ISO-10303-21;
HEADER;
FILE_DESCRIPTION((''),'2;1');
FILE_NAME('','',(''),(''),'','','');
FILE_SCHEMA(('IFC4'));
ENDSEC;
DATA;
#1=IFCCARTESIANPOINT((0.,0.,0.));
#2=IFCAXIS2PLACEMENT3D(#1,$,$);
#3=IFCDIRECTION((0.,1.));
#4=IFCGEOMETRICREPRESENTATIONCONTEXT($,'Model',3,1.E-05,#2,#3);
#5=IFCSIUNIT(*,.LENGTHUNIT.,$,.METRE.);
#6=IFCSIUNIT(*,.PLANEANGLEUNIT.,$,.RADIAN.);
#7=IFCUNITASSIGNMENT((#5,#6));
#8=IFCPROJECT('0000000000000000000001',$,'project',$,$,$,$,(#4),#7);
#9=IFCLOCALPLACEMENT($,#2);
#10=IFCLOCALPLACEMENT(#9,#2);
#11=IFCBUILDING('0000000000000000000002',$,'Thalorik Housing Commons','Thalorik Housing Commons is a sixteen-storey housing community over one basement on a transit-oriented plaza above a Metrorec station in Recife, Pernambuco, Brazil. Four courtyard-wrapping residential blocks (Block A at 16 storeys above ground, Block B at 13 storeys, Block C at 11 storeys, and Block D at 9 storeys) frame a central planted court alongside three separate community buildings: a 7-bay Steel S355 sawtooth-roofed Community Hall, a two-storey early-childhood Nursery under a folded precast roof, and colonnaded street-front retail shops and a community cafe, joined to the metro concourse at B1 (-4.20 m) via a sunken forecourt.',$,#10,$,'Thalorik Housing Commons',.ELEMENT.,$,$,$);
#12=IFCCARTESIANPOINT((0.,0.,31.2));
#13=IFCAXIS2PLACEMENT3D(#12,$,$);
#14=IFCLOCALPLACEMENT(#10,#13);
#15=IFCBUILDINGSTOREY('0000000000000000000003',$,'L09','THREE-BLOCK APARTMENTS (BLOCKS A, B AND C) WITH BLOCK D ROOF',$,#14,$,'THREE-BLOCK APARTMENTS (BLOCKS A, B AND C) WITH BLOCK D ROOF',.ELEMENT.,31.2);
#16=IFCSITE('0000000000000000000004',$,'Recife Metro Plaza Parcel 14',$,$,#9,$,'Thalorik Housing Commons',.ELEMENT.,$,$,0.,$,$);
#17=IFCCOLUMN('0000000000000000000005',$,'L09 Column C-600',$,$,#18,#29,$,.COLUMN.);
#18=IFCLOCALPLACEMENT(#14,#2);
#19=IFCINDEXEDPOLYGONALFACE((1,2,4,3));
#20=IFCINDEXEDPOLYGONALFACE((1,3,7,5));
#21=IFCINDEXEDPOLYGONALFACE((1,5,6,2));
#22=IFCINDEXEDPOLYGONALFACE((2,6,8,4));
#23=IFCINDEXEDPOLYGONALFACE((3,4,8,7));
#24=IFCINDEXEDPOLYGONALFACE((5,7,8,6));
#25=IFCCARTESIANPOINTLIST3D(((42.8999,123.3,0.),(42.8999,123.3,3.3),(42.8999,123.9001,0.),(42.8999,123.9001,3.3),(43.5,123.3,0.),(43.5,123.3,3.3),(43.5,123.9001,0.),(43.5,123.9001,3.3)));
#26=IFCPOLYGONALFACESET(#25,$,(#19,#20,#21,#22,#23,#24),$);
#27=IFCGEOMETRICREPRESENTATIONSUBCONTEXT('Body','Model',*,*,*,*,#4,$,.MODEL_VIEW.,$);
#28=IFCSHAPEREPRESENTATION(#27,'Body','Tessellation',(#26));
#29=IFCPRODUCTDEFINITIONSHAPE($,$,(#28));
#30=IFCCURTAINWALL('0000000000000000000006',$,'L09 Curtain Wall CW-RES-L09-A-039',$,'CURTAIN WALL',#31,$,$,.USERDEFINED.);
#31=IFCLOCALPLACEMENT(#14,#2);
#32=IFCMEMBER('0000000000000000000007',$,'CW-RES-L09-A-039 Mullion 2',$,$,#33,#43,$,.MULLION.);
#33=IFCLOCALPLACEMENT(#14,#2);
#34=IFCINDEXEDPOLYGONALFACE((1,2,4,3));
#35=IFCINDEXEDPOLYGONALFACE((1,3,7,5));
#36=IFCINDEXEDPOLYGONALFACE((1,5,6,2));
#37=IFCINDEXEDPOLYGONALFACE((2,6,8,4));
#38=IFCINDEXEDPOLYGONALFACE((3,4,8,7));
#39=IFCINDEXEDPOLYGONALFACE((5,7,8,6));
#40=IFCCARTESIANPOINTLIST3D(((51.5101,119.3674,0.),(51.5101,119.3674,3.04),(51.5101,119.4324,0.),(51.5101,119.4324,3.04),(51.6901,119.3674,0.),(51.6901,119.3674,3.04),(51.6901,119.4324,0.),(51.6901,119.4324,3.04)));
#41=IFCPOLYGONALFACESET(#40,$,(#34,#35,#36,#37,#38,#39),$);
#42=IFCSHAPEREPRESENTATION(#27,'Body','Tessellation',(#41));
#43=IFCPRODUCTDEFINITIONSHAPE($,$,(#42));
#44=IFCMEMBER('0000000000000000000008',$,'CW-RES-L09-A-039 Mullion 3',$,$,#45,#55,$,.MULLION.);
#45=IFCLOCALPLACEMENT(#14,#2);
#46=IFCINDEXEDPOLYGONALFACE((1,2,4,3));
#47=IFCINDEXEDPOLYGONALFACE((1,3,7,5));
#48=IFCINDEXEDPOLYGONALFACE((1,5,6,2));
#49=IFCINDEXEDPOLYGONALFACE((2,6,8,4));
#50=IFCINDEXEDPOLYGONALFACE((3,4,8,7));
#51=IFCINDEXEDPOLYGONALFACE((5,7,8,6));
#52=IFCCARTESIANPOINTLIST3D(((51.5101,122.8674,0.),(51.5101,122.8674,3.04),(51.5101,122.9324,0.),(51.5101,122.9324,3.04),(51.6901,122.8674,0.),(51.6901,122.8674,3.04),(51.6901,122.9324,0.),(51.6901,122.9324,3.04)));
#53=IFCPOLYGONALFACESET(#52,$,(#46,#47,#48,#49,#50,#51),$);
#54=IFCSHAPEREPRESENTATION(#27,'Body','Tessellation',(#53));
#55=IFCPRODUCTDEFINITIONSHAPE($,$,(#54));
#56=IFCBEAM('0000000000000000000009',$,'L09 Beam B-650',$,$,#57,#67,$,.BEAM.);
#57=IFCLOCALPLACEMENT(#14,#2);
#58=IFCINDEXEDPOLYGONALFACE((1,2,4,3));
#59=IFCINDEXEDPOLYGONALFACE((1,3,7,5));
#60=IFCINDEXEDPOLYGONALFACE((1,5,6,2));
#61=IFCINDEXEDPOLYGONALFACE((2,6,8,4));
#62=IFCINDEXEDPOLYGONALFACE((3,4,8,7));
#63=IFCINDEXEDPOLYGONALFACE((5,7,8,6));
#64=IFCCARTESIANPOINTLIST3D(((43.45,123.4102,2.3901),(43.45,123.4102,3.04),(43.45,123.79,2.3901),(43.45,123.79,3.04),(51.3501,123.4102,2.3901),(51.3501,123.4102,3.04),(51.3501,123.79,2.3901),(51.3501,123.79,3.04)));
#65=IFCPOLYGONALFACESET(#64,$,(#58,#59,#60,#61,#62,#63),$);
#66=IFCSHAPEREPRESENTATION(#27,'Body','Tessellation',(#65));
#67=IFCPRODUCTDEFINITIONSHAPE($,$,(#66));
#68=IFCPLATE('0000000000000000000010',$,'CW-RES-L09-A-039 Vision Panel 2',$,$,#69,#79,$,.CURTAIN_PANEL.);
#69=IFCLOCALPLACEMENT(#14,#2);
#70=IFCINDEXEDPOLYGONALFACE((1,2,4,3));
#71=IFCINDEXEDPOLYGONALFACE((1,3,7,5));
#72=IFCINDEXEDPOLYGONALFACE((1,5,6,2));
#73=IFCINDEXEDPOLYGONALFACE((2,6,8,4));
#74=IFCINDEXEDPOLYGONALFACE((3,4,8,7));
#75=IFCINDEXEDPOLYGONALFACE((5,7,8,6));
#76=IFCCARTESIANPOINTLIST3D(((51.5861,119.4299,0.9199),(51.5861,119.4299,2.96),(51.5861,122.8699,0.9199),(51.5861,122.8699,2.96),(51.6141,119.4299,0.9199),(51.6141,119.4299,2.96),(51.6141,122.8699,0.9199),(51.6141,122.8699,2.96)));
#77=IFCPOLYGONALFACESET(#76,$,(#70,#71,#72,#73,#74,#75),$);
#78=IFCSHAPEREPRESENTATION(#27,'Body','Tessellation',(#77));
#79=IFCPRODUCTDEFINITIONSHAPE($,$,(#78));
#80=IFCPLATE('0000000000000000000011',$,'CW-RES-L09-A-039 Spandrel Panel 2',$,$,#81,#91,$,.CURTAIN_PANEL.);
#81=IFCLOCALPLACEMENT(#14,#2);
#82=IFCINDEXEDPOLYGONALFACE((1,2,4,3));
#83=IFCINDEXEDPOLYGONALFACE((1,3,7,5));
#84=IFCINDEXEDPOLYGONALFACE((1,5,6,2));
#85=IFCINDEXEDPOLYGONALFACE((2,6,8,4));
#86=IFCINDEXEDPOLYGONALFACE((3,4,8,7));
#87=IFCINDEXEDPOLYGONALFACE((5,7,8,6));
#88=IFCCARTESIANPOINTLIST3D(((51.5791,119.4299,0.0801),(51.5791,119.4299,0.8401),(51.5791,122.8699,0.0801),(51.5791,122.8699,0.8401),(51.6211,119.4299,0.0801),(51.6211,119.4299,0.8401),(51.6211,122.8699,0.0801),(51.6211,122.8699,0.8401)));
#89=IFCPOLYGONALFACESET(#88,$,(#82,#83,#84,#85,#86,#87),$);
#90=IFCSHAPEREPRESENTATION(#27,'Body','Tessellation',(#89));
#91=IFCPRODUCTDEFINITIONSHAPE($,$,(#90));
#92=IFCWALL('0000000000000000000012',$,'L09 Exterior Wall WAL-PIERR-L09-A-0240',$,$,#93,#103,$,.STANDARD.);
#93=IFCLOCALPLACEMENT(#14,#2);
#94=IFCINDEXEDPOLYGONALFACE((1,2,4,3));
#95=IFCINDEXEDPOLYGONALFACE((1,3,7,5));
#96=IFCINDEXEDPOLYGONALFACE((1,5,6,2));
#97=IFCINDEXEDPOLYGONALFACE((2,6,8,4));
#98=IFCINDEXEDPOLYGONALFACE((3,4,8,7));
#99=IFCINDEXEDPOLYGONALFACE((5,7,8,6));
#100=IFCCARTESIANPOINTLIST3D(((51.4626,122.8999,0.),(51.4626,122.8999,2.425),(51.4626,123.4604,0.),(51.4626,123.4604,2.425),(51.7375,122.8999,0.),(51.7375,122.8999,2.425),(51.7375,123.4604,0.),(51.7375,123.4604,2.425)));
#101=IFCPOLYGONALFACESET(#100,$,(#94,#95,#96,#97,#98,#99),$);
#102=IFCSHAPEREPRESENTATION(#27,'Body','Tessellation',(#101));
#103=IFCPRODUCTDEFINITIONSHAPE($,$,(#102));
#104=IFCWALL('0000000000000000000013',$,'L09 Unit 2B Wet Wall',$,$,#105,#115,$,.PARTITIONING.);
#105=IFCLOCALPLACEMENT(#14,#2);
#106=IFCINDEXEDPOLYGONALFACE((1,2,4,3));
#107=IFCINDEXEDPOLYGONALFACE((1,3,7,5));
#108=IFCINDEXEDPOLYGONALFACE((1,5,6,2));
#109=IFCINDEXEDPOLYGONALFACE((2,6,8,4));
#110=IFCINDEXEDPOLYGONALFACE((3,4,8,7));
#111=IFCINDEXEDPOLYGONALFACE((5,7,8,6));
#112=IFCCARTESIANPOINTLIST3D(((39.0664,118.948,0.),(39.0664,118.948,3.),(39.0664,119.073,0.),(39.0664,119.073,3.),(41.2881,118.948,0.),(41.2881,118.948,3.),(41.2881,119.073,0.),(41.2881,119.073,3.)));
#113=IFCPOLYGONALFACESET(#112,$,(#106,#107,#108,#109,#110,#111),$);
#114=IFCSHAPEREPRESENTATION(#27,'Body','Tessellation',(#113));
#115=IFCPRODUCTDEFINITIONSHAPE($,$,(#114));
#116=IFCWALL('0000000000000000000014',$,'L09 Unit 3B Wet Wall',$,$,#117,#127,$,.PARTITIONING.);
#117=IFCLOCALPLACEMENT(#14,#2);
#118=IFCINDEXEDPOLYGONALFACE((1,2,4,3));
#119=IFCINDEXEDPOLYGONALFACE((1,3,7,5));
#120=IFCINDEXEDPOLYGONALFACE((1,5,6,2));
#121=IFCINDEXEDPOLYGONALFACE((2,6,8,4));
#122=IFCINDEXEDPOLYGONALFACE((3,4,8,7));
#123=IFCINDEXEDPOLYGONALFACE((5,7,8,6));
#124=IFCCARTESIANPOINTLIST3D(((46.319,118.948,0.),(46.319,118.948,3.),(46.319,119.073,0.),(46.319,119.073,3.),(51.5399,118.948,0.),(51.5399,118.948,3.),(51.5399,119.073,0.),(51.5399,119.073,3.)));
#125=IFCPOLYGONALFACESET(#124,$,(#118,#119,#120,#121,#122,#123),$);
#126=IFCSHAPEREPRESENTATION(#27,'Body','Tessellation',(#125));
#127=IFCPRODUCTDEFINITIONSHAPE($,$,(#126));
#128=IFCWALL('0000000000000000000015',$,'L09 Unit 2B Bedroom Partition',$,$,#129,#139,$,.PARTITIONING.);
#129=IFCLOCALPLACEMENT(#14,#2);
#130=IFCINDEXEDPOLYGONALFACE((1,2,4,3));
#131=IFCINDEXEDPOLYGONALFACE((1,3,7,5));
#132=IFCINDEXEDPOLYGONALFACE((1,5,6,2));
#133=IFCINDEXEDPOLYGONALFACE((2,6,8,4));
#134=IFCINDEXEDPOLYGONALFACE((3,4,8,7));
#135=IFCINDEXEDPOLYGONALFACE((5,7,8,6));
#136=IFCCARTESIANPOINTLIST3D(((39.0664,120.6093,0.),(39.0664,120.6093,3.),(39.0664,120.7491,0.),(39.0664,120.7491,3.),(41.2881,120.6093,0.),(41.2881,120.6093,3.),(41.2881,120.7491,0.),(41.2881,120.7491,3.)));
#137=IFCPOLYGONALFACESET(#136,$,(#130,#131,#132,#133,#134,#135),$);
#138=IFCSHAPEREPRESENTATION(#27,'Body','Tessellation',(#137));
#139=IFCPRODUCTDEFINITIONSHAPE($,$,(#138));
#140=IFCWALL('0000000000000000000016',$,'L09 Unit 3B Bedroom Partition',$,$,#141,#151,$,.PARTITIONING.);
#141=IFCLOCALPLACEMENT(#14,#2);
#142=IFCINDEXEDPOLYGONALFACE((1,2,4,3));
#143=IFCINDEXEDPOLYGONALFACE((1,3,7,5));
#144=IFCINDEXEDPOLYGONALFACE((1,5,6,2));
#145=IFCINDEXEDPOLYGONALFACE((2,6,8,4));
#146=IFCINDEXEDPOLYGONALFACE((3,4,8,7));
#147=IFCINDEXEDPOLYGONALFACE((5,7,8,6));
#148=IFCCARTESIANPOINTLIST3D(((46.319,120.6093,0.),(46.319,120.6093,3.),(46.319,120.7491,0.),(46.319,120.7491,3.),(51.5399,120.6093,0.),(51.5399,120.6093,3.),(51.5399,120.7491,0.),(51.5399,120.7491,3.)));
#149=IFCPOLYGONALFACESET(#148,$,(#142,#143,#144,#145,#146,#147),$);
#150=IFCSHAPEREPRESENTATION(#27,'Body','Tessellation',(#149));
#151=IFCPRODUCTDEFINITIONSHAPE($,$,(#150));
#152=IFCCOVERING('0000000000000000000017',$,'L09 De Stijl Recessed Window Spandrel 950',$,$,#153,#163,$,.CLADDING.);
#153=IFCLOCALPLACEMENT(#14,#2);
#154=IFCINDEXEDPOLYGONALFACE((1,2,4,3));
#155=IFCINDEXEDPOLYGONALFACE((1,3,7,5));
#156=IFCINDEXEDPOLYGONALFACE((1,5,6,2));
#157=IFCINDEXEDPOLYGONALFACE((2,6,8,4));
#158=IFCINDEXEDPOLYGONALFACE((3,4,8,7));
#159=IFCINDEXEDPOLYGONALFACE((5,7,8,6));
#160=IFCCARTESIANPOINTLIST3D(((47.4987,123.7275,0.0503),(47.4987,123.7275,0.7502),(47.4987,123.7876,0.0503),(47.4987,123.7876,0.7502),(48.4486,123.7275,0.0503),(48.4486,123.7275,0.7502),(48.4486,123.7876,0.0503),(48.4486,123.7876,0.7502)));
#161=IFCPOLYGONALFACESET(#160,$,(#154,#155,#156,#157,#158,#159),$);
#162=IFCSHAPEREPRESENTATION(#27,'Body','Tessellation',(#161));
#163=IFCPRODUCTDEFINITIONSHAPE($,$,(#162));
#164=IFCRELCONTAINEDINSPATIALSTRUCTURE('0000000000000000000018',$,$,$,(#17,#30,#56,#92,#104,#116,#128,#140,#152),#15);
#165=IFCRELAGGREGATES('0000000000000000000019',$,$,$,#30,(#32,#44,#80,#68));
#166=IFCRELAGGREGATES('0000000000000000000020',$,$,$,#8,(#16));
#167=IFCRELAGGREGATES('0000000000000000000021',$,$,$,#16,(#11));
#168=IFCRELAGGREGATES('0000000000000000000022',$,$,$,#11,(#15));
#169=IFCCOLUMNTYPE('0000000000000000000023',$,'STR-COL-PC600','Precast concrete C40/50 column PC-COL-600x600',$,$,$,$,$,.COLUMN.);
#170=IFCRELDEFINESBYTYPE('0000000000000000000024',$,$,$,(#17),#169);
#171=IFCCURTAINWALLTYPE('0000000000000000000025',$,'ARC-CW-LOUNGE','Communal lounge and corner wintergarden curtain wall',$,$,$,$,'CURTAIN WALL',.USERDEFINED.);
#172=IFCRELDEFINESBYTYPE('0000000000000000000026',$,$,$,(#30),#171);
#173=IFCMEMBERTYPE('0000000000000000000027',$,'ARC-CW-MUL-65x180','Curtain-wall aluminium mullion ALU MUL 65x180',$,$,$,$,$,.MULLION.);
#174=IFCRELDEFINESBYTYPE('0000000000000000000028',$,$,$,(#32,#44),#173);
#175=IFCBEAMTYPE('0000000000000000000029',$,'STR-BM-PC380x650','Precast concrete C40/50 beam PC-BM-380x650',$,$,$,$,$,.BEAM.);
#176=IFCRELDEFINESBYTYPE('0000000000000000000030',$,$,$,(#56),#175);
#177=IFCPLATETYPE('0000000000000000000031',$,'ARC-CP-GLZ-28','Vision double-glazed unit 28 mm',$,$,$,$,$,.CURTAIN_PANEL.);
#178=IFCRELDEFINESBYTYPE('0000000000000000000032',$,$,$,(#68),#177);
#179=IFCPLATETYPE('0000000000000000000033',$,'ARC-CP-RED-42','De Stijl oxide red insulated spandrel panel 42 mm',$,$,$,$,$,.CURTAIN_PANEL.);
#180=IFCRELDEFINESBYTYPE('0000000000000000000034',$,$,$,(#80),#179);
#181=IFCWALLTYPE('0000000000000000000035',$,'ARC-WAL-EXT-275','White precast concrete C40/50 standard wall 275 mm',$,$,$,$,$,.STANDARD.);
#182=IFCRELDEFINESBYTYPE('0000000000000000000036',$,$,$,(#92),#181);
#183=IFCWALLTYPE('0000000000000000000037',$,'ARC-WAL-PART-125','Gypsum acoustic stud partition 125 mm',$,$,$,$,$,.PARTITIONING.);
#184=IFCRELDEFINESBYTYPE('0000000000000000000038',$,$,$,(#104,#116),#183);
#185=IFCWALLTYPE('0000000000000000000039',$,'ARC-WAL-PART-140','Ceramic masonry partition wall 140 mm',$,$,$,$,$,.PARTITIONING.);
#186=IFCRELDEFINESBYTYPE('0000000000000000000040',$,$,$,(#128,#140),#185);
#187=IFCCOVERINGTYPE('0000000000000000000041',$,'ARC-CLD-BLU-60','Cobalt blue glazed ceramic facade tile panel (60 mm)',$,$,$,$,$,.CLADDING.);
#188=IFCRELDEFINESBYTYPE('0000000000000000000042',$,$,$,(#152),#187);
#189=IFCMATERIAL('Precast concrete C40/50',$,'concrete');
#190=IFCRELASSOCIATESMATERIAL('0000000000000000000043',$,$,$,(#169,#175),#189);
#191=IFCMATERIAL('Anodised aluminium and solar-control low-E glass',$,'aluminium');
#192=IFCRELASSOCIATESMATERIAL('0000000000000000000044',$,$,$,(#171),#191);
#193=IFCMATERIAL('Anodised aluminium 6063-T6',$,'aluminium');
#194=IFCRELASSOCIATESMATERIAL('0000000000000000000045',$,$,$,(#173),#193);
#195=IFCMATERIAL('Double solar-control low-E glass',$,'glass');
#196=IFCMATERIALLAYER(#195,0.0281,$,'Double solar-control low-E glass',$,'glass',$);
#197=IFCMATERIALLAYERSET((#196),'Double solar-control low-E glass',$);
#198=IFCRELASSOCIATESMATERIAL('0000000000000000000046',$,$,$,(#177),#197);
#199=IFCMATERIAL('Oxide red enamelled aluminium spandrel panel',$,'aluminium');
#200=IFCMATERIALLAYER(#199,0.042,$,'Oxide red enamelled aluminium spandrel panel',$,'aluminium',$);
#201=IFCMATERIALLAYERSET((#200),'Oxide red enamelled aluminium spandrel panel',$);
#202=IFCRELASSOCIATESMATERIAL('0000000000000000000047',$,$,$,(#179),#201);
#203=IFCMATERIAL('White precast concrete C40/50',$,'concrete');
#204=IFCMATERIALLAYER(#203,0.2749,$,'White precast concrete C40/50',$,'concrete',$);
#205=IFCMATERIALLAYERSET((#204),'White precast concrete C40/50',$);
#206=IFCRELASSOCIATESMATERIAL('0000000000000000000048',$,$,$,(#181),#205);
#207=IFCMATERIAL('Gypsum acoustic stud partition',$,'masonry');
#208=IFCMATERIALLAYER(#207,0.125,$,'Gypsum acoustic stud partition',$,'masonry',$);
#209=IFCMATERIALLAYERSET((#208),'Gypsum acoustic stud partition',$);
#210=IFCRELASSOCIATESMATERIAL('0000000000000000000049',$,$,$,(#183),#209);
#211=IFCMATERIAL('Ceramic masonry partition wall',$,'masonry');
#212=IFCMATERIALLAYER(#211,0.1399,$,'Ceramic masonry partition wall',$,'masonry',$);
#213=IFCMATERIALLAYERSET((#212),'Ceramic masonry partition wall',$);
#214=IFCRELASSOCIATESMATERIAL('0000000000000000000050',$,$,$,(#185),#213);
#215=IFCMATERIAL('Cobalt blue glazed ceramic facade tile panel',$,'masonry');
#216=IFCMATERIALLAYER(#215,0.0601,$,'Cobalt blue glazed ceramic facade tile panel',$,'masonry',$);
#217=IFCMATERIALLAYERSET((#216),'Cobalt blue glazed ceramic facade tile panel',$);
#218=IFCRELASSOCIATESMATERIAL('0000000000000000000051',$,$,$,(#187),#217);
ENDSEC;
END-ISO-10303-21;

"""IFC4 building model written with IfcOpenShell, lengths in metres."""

from ifc_helpers import new_model, si_unit, direction, frame, frame_2d, origin, origin_2d, place, context, subcontext, project, spatial, rectangle, extrude, material, layer, layer_set, material_profile, profile_set, type_object, element, aggregate, save


model = new_model("IFC4")

# Units and contexts
model_context = context("Model", 3, precision=1e-05, world=origin(), true_north=direction((0.0, 1.0)))
body_context = subcontext(model_context, "Body", "Model", "MODEL_VIEW")
ifc_project = project(units=[si_unit("LENGTHUNIT", "METRE"), si_unit("PLANEANGLEUNIT", "RADIAN")], contexts=[model_context])

# Site, building, storey
site_placement = place(None, origin())
site = spatial("IfcSite", under=ifc_project, at=site_placement, Name="Recife Metro Plaza Parcel 14", LongName="Thalorik Housing Commons", CompositionType="ELEMENT", RefElevation=0.0)
building_placement = place(site_placement, origin())
building = spatial("IfcBuilding", under=site, at=building_placement, Name="Thalorik Housing Commons", Description="Thalorik Housing Commons is a sixteen-storey housing community over one basement on a transit-oriented plaza above a Metrorec station in Recife, Pernambuco, Brazil. Four courtyard-wrapping residential blocks (Block A at 16 storeys above ground, Block B at 13 storeys, Block C at 11 storeys, and Block D at 9 storeys) frame a central planted court alongside three separate community buildings: a 7-bay Steel S355 sawtooth-roofed Community Hall, a two-storey early-childhood Nursery under a folded precast roof, and colonnaded street-front retail shops and a community cafe, joined to the metro concourse at B1 (-4.20 m) via a sunken forecourt.", LongName="Thalorik Housing Commons", CompositionType="ELEMENT")
storey_placement = place(building_placement, frame((0.0, 0.0, 31.2)))
storey = spatial("IfcBuildingStorey", under=building, at=storey_placement, Name="L09", Description="THREE-BLOCK APARTMENTS (BLOCKS A, B AND C) WITH BLOCK D ROOF", LongName="THREE-BLOCK APARTMENTS (BLOCKS A, B AND C) WITH BLOCK D ROOF", CompositionType="ELEMENT", Elevation=31.2)

# Column
ifc_material_1 = material(Name="Precast concrete C40/50", Category="concrete")
ifc_material_profile_1 = material_profile(ifc_material_1, rectangle(XDim=0.6001, YDim=0.6001, at=origin_2d()), Name="PC 600x600", Category="concrete")
ifc_profile_set_1 = profile_set([ifc_material_profile_1], Name="Precast concrete C40/50")
column_type = type_object("IfcColumnType", Name="STR-COL-PC600", Description="Precast concrete C40/50 column PC-COL-600x600", PredefinedType="COLUMN", material=ifc_profile_set_1)
column_placement = place(storey_placement, frame((43.2, 123.6001, 0.0), z_axis=(0.0, 0.0, 1.0), x_axis=(1.0, 0.0, 0.0)))
element("IfcColumn", 1, at=column_placement, inside=storey, type_object=column_type, Name="L09 Column C-600", PredefinedType="COLUMN", context=body_context, shape_type="SweptSolid", body=[
    extrude(rectangle(XDim=0.6001, YDim=0.6001, at=origin_2d()), origin(), (0.0, 0.0, 1.0), 3.3),
])

# Curtain wall, members
ifc_material_2 = material(Name="Anodised aluminium and solar-control low-E glass", Category="aluminium")
curtain_wall_type = type_object("IfcCurtainWallType", Name="ARC-CW-LOUNGE", Description="Communal lounge and corner wintergarden curtain wall", ElementType="CURTAIN WALL", PredefinedType="USERDEFINED", material=ifc_material_2)
curtain_wall_placement = place(storey_placement, origin())
curtain_wall = element("IfcCurtainWall", 2, at=curtain_wall_placement, inside=storey, type_object=curtain_wall_type, Name="L09 Curtain Wall CW-RES-L09-A-039", ObjectType="CURTAIN WALL", PredefinedType="USERDEFINED")
ifc_material_3 = material(Name="Anodised aluminium 6063-T6", Category="aluminium")
ifc_material_profile_2 = material_profile(ifc_material_3, rectangle(XDim=0.0649, YDim=0.1799, at=origin_2d()), Name="ALU MUL 65x180", Category="aluminium")
ifc_profile_set_2 = profile_set([ifc_material_profile_2], Name="Anodised aluminium 6063-T6")
member_type = type_object("IfcMemberType", Name="ARC-CW-MUL-65x180", Description="Curtain-wall aluminium mullion ALU MUL 65x180", PredefinedType="MULLION", material=ifc_profile_set_2)
member_1_placement = place(storey_placement, frame((51.6001, 119.3999, 0.0), z_axis=(0.0, 0.0, 1.0), x_axis=(0.0, 1.0, 0.0)))
member_1 = element("IfcMember", 3, at=member_1_placement, type_object=member_type, Name="CW-RES-L09-A-039 Mullion 2", PredefinedType="MULLION", context=body_context, shape_type="SweptSolid", body=[
    extrude(rectangle(XDim=0.0649, YDim=0.1799, at=origin_2d()), origin(), (0.0, 0.0, 1.0), 3.04),
])
member_2_placement = place(storey_placement, frame((51.6001, 122.8999, 0.0), z_axis=(0.0, 0.0, 1.0), x_axis=(0.0, 1.0, 0.0)))
member_2 = element("IfcMember", 4, at=member_2_placement, type_object=member_type, Name="CW-RES-L09-A-039 Mullion 3", PredefinedType="MULLION", context=body_context, shape_type="SweptSolid", body=[
    extrude(rectangle(XDim=0.0649, YDim=0.1799, at=origin_2d()), origin(), (0.0, 0.0, 1.0), 3.04),
])

# Beam
ifc_material_profile_3 = material_profile(ifc_material_1, rectangle(XDim=0.3799, YDim=0.6499, at=origin_2d()), Name="PC 380x650", Category="concrete")
ifc_profile_set_3 = profile_set([ifc_material_profile_3], Name="Precast concrete C40/50")
beam_type = type_object("IfcBeamType", Name="STR-BM-PC380x650", Description="Precast concrete C40/50 beam PC-BM-380x650", PredefinedType="BEAM", material=ifc_profile_set_3)
beam_placement = place(storey_placement, frame((43.45, 123.6001, 2.7151), z_axis=(1.0, 0.0, 0.0), x_axis=(0.0, 1.0, 0.0)))
element("IfcBeam", 5, at=beam_placement, inside=storey, type_object=beam_type, Name="L09 Beam B-650", PredefinedType="BEAM", context=body_context, shape_type="SweptSolid", body=[
    extrude(rectangle(XDim=0.3799, YDim=0.6499, at=origin_2d()), origin(), (0.0, 0.0, 1.0), 7.9001),
])

# Plates
ifc_material_4 = material(Name="Double solar-control low-E glass", Category="glass")
ifc_layer_1 = layer(ifc_material_4, 0.0281, Name="Double solar-control low-E glass", Category="glass")
ifc_layer_set_1 = layer_set([ifc_layer_1], Name="Double solar-control low-E glass")
plate_type_1 = type_object("IfcPlateType", Name="ARC-CP-GLZ-28", Description="Vision double-glazed unit 28 mm", PredefinedType="CURTAIN_PANEL", material=ifc_layer_set_1)
plate_1_placement = place(storey_placement, frame((51.6001, 121.1499, 0.9199), z_axis=(0.0, 0.0, 1.0), x_axis=(0.0, 1.0, 0.0)))
plate_1 = element("IfcPlate", 6, at=plate_1_placement, type_object=plate_type_1, Name="CW-RES-L09-A-039 Vision Panel 2", PredefinedType="CURTAIN_PANEL", context=body_context, shape_type="SweptSolid", body=[
    extrude(rectangle(XDim=3.4399, YDim=0.0281, at=origin_2d()), origin(), (0.0, 0.0, 1.0), 2.04),
])
ifc_material_5 = material(Name="Oxide red enamelled aluminium spandrel panel", Category="aluminium")
ifc_layer_2 = layer(ifc_material_5, 0.042, Name="Oxide red enamelled aluminium spandrel panel", Category="aluminium")
ifc_layer_set_2 = layer_set([ifc_layer_2], Name="Oxide red enamelled aluminium spandrel panel")
plate_type_2 = type_object("IfcPlateType", Name="ARC-CP-RED-42", Description="De Stijl oxide red insulated spandrel panel 42 mm", PredefinedType="CURTAIN_PANEL", material=ifc_layer_set_2)
plate_2_placement = place(storey_placement, frame((51.6001, 121.1499, 0.0801), z_axis=(0.0, 0.0, 1.0), x_axis=(0.0, 1.0, 0.0)))
plate_2 = element("IfcPlate", 7, at=plate_2_placement, type_object=plate_type_2, Name="CW-RES-L09-A-039 Spandrel Panel 2", PredefinedType="CURTAIN_PANEL", context=body_context, shape_type="SweptSolid", body=[
    extrude(rectangle(XDim=3.4399, YDim=0.042, at=origin_2d()), origin(), (0.0, 0.0, 1.0), 0.76),
])
aggregate(curtain_wall, [member_1, member_2, plate_2, plate_1])

# Wall
ifc_material_6 = material(Name="White precast concrete C40/50", Category="concrete")
ifc_layer_3 = layer(ifc_material_6, 0.2749, Name="White precast concrete C40/50", Category="concrete")
ifc_layer_set_3 = layer_set([ifc_layer_3], Name="White precast concrete C40/50")
wall_type_1 = type_object("IfcWallType", Name="ARC-WAL-EXT-275", Description="White precast concrete C40/50 standard wall 275 mm", PredefinedType="STANDARD", material=ifc_layer_set_3)
wall_1_placement = place(storey_placement, frame((51.6001, 122.8999, 0.0), z_axis=(0.0, 0.0, 1.0), x_axis=(0.0, 1.0, 0.0)))
element("IfcWall", 8, at=wall_1_placement, inside=storey, type_object=wall_type_1, Name="L09 Exterior Wall WAL-PIERR-L09-A-0240", PredefinedType="STANDARD", context=body_context, shape_type="SweptSolid", body=[
    extrude(rectangle(XDim=0.5605, YDim=0.2749, at=frame_2d((0.2803, 0.0))), origin(), (0.0, 0.0, 1.0), 2.425),
])

# Walls
ifc_material_7 = material(Name="Gypsum acoustic stud partition", Category="masonry")
ifc_layer_4 = layer(ifc_material_7, 0.125, Name="Gypsum acoustic stud partition", Category="masonry")
ifc_layer_set_4 = layer_set([ifc_layer_4], Name="Gypsum acoustic stud partition")
wall_type_2 = type_object("IfcWallType", Name="ARC-WAL-PART-125", Description="Gypsum acoustic stud partition 125 mm", PredefinedType="PARTITIONING", material=ifc_layer_set_4)
wall_2_placement = place(storey_placement, frame((39.0664, 119.0105, 0.0), z_axis=(0.0, 0.0, 1.0), x_axis=(1.0, 0.0, 0.0)))
element("IfcWall", 9, at=wall_2_placement, inside=storey, type_object=wall_type_2, Name="L09 Unit 2B Wet Wall", PredefinedType="PARTITIONING", context=body_context, shape_type="SweptSolid", body=[
    extrude(rectangle(XDim=2.2217, YDim=0.125, at=frame_2d((1.1108, 0.0))), origin(), (0.0, 0.0, 1.0), 3.0),
])
wall_3_placement = place(storey_placement, frame((46.3191, 119.0105, 0.0), z_axis=(0.0, 0.0, 1.0), x_axis=(1.0, 0.0, 0.0)))
element("IfcWall", 10, at=wall_3_placement, inside=storey, type_object=wall_type_2, Name="L09 Unit 3B Wet Wall", PredefinedType="PARTITIONING", context=body_context, shape_type="SweptSolid", body=[
    extrude(rectangle(XDim=5.2209, YDim=0.125, at=frame_2d((2.6104, 0.0))), origin(), (0.0, 0.0, 1.0), 3.0),
])
ifc_material_8 = material(Name="Ceramic masonry partition wall", Category="masonry")
ifc_layer_5 = layer(ifc_material_8, 0.1399, Name="Ceramic masonry partition wall", Category="masonry")
ifc_layer_set_5 = layer_set([ifc_layer_5], Name="Ceramic masonry partition wall")
wall_type_3 = type_object("IfcWallType", Name="ARC-WAL-PART-140", Description="Ceramic masonry partition wall 140 mm", PredefinedType="PARTITIONING", material=ifc_layer_set_5)
wall_4_placement = place(storey_placement, frame((39.0664, 120.6792, 0.0), z_axis=(0.0, 0.0, 1.0), x_axis=(1.0, 0.0, 0.0)))
element("IfcWall", 11, at=wall_4_placement, inside=storey, type_object=wall_type_3, Name="L09 Unit 2B Bedroom Partition", PredefinedType="PARTITIONING", context=body_context, shape_type="SweptSolid", body=[
    extrude(rectangle(XDim=2.2217, YDim=0.1399, at=frame_2d((1.1108, 0.0))), origin(), (0.0, 0.0, 1.0), 3.0),
])
wall_5_placement = place(storey_placement, frame((46.3191, 120.6792, 0.0), z_axis=(0.0, 0.0, 1.0), x_axis=(1.0, 0.0, 0.0)))
element("IfcWall", 12, at=wall_5_placement, inside=storey, type_object=wall_type_3, Name="L09 Unit 3B Bedroom Partition", PredefinedType="PARTITIONING", context=body_context, shape_type="SweptSolid", body=[
    extrude(rectangle(XDim=5.2209, YDim=0.1399, at=frame_2d((2.6104, 0.0))), origin(), (0.0, 0.0, 1.0), 3.0),
])

# Covering
ifc_material_9 = material(Name="Cobalt blue glazed ceramic facade tile panel", Category="masonry")
ifc_layer_6 = layer(ifc_material_9, 0.0601, Name="Cobalt blue glazed ceramic facade tile panel", Category="masonry")
ifc_layer_set_6 = layer_set([ifc_layer_6], Name="Cobalt blue glazed ceramic facade tile panel")
covering_type_1 = type_object("IfcCoveringType", Name="ARC-CLD-BLU-60", Description="Cobalt blue glazed ceramic facade tile panel (60 mm)", PredefinedType="CLADDING", material=ifc_layer_set_6)
covering_1_placement = place(storey_placement, frame((47.9736, 123.7576, 0.0503), z_axis=(0.0, 0.0, 1.0), x_axis=(-1.0, 0.0, 0.0)))
element("IfcCovering", 13, at=covering_1_placement, inside=storey, type_object=covering_type_1, Name="L09 De Stijl Recessed Window Spandrel 950", PredefinedType="CLADDING", context=body_context, shape_type="SweptSolid", body=[
    extrude(rectangle(XDim=0.95, YDim=0.0601, at=origin_2d()), origin(), (0.0, 0.0, 1.0), 0.7),
])

save(model, "model.ifc")
